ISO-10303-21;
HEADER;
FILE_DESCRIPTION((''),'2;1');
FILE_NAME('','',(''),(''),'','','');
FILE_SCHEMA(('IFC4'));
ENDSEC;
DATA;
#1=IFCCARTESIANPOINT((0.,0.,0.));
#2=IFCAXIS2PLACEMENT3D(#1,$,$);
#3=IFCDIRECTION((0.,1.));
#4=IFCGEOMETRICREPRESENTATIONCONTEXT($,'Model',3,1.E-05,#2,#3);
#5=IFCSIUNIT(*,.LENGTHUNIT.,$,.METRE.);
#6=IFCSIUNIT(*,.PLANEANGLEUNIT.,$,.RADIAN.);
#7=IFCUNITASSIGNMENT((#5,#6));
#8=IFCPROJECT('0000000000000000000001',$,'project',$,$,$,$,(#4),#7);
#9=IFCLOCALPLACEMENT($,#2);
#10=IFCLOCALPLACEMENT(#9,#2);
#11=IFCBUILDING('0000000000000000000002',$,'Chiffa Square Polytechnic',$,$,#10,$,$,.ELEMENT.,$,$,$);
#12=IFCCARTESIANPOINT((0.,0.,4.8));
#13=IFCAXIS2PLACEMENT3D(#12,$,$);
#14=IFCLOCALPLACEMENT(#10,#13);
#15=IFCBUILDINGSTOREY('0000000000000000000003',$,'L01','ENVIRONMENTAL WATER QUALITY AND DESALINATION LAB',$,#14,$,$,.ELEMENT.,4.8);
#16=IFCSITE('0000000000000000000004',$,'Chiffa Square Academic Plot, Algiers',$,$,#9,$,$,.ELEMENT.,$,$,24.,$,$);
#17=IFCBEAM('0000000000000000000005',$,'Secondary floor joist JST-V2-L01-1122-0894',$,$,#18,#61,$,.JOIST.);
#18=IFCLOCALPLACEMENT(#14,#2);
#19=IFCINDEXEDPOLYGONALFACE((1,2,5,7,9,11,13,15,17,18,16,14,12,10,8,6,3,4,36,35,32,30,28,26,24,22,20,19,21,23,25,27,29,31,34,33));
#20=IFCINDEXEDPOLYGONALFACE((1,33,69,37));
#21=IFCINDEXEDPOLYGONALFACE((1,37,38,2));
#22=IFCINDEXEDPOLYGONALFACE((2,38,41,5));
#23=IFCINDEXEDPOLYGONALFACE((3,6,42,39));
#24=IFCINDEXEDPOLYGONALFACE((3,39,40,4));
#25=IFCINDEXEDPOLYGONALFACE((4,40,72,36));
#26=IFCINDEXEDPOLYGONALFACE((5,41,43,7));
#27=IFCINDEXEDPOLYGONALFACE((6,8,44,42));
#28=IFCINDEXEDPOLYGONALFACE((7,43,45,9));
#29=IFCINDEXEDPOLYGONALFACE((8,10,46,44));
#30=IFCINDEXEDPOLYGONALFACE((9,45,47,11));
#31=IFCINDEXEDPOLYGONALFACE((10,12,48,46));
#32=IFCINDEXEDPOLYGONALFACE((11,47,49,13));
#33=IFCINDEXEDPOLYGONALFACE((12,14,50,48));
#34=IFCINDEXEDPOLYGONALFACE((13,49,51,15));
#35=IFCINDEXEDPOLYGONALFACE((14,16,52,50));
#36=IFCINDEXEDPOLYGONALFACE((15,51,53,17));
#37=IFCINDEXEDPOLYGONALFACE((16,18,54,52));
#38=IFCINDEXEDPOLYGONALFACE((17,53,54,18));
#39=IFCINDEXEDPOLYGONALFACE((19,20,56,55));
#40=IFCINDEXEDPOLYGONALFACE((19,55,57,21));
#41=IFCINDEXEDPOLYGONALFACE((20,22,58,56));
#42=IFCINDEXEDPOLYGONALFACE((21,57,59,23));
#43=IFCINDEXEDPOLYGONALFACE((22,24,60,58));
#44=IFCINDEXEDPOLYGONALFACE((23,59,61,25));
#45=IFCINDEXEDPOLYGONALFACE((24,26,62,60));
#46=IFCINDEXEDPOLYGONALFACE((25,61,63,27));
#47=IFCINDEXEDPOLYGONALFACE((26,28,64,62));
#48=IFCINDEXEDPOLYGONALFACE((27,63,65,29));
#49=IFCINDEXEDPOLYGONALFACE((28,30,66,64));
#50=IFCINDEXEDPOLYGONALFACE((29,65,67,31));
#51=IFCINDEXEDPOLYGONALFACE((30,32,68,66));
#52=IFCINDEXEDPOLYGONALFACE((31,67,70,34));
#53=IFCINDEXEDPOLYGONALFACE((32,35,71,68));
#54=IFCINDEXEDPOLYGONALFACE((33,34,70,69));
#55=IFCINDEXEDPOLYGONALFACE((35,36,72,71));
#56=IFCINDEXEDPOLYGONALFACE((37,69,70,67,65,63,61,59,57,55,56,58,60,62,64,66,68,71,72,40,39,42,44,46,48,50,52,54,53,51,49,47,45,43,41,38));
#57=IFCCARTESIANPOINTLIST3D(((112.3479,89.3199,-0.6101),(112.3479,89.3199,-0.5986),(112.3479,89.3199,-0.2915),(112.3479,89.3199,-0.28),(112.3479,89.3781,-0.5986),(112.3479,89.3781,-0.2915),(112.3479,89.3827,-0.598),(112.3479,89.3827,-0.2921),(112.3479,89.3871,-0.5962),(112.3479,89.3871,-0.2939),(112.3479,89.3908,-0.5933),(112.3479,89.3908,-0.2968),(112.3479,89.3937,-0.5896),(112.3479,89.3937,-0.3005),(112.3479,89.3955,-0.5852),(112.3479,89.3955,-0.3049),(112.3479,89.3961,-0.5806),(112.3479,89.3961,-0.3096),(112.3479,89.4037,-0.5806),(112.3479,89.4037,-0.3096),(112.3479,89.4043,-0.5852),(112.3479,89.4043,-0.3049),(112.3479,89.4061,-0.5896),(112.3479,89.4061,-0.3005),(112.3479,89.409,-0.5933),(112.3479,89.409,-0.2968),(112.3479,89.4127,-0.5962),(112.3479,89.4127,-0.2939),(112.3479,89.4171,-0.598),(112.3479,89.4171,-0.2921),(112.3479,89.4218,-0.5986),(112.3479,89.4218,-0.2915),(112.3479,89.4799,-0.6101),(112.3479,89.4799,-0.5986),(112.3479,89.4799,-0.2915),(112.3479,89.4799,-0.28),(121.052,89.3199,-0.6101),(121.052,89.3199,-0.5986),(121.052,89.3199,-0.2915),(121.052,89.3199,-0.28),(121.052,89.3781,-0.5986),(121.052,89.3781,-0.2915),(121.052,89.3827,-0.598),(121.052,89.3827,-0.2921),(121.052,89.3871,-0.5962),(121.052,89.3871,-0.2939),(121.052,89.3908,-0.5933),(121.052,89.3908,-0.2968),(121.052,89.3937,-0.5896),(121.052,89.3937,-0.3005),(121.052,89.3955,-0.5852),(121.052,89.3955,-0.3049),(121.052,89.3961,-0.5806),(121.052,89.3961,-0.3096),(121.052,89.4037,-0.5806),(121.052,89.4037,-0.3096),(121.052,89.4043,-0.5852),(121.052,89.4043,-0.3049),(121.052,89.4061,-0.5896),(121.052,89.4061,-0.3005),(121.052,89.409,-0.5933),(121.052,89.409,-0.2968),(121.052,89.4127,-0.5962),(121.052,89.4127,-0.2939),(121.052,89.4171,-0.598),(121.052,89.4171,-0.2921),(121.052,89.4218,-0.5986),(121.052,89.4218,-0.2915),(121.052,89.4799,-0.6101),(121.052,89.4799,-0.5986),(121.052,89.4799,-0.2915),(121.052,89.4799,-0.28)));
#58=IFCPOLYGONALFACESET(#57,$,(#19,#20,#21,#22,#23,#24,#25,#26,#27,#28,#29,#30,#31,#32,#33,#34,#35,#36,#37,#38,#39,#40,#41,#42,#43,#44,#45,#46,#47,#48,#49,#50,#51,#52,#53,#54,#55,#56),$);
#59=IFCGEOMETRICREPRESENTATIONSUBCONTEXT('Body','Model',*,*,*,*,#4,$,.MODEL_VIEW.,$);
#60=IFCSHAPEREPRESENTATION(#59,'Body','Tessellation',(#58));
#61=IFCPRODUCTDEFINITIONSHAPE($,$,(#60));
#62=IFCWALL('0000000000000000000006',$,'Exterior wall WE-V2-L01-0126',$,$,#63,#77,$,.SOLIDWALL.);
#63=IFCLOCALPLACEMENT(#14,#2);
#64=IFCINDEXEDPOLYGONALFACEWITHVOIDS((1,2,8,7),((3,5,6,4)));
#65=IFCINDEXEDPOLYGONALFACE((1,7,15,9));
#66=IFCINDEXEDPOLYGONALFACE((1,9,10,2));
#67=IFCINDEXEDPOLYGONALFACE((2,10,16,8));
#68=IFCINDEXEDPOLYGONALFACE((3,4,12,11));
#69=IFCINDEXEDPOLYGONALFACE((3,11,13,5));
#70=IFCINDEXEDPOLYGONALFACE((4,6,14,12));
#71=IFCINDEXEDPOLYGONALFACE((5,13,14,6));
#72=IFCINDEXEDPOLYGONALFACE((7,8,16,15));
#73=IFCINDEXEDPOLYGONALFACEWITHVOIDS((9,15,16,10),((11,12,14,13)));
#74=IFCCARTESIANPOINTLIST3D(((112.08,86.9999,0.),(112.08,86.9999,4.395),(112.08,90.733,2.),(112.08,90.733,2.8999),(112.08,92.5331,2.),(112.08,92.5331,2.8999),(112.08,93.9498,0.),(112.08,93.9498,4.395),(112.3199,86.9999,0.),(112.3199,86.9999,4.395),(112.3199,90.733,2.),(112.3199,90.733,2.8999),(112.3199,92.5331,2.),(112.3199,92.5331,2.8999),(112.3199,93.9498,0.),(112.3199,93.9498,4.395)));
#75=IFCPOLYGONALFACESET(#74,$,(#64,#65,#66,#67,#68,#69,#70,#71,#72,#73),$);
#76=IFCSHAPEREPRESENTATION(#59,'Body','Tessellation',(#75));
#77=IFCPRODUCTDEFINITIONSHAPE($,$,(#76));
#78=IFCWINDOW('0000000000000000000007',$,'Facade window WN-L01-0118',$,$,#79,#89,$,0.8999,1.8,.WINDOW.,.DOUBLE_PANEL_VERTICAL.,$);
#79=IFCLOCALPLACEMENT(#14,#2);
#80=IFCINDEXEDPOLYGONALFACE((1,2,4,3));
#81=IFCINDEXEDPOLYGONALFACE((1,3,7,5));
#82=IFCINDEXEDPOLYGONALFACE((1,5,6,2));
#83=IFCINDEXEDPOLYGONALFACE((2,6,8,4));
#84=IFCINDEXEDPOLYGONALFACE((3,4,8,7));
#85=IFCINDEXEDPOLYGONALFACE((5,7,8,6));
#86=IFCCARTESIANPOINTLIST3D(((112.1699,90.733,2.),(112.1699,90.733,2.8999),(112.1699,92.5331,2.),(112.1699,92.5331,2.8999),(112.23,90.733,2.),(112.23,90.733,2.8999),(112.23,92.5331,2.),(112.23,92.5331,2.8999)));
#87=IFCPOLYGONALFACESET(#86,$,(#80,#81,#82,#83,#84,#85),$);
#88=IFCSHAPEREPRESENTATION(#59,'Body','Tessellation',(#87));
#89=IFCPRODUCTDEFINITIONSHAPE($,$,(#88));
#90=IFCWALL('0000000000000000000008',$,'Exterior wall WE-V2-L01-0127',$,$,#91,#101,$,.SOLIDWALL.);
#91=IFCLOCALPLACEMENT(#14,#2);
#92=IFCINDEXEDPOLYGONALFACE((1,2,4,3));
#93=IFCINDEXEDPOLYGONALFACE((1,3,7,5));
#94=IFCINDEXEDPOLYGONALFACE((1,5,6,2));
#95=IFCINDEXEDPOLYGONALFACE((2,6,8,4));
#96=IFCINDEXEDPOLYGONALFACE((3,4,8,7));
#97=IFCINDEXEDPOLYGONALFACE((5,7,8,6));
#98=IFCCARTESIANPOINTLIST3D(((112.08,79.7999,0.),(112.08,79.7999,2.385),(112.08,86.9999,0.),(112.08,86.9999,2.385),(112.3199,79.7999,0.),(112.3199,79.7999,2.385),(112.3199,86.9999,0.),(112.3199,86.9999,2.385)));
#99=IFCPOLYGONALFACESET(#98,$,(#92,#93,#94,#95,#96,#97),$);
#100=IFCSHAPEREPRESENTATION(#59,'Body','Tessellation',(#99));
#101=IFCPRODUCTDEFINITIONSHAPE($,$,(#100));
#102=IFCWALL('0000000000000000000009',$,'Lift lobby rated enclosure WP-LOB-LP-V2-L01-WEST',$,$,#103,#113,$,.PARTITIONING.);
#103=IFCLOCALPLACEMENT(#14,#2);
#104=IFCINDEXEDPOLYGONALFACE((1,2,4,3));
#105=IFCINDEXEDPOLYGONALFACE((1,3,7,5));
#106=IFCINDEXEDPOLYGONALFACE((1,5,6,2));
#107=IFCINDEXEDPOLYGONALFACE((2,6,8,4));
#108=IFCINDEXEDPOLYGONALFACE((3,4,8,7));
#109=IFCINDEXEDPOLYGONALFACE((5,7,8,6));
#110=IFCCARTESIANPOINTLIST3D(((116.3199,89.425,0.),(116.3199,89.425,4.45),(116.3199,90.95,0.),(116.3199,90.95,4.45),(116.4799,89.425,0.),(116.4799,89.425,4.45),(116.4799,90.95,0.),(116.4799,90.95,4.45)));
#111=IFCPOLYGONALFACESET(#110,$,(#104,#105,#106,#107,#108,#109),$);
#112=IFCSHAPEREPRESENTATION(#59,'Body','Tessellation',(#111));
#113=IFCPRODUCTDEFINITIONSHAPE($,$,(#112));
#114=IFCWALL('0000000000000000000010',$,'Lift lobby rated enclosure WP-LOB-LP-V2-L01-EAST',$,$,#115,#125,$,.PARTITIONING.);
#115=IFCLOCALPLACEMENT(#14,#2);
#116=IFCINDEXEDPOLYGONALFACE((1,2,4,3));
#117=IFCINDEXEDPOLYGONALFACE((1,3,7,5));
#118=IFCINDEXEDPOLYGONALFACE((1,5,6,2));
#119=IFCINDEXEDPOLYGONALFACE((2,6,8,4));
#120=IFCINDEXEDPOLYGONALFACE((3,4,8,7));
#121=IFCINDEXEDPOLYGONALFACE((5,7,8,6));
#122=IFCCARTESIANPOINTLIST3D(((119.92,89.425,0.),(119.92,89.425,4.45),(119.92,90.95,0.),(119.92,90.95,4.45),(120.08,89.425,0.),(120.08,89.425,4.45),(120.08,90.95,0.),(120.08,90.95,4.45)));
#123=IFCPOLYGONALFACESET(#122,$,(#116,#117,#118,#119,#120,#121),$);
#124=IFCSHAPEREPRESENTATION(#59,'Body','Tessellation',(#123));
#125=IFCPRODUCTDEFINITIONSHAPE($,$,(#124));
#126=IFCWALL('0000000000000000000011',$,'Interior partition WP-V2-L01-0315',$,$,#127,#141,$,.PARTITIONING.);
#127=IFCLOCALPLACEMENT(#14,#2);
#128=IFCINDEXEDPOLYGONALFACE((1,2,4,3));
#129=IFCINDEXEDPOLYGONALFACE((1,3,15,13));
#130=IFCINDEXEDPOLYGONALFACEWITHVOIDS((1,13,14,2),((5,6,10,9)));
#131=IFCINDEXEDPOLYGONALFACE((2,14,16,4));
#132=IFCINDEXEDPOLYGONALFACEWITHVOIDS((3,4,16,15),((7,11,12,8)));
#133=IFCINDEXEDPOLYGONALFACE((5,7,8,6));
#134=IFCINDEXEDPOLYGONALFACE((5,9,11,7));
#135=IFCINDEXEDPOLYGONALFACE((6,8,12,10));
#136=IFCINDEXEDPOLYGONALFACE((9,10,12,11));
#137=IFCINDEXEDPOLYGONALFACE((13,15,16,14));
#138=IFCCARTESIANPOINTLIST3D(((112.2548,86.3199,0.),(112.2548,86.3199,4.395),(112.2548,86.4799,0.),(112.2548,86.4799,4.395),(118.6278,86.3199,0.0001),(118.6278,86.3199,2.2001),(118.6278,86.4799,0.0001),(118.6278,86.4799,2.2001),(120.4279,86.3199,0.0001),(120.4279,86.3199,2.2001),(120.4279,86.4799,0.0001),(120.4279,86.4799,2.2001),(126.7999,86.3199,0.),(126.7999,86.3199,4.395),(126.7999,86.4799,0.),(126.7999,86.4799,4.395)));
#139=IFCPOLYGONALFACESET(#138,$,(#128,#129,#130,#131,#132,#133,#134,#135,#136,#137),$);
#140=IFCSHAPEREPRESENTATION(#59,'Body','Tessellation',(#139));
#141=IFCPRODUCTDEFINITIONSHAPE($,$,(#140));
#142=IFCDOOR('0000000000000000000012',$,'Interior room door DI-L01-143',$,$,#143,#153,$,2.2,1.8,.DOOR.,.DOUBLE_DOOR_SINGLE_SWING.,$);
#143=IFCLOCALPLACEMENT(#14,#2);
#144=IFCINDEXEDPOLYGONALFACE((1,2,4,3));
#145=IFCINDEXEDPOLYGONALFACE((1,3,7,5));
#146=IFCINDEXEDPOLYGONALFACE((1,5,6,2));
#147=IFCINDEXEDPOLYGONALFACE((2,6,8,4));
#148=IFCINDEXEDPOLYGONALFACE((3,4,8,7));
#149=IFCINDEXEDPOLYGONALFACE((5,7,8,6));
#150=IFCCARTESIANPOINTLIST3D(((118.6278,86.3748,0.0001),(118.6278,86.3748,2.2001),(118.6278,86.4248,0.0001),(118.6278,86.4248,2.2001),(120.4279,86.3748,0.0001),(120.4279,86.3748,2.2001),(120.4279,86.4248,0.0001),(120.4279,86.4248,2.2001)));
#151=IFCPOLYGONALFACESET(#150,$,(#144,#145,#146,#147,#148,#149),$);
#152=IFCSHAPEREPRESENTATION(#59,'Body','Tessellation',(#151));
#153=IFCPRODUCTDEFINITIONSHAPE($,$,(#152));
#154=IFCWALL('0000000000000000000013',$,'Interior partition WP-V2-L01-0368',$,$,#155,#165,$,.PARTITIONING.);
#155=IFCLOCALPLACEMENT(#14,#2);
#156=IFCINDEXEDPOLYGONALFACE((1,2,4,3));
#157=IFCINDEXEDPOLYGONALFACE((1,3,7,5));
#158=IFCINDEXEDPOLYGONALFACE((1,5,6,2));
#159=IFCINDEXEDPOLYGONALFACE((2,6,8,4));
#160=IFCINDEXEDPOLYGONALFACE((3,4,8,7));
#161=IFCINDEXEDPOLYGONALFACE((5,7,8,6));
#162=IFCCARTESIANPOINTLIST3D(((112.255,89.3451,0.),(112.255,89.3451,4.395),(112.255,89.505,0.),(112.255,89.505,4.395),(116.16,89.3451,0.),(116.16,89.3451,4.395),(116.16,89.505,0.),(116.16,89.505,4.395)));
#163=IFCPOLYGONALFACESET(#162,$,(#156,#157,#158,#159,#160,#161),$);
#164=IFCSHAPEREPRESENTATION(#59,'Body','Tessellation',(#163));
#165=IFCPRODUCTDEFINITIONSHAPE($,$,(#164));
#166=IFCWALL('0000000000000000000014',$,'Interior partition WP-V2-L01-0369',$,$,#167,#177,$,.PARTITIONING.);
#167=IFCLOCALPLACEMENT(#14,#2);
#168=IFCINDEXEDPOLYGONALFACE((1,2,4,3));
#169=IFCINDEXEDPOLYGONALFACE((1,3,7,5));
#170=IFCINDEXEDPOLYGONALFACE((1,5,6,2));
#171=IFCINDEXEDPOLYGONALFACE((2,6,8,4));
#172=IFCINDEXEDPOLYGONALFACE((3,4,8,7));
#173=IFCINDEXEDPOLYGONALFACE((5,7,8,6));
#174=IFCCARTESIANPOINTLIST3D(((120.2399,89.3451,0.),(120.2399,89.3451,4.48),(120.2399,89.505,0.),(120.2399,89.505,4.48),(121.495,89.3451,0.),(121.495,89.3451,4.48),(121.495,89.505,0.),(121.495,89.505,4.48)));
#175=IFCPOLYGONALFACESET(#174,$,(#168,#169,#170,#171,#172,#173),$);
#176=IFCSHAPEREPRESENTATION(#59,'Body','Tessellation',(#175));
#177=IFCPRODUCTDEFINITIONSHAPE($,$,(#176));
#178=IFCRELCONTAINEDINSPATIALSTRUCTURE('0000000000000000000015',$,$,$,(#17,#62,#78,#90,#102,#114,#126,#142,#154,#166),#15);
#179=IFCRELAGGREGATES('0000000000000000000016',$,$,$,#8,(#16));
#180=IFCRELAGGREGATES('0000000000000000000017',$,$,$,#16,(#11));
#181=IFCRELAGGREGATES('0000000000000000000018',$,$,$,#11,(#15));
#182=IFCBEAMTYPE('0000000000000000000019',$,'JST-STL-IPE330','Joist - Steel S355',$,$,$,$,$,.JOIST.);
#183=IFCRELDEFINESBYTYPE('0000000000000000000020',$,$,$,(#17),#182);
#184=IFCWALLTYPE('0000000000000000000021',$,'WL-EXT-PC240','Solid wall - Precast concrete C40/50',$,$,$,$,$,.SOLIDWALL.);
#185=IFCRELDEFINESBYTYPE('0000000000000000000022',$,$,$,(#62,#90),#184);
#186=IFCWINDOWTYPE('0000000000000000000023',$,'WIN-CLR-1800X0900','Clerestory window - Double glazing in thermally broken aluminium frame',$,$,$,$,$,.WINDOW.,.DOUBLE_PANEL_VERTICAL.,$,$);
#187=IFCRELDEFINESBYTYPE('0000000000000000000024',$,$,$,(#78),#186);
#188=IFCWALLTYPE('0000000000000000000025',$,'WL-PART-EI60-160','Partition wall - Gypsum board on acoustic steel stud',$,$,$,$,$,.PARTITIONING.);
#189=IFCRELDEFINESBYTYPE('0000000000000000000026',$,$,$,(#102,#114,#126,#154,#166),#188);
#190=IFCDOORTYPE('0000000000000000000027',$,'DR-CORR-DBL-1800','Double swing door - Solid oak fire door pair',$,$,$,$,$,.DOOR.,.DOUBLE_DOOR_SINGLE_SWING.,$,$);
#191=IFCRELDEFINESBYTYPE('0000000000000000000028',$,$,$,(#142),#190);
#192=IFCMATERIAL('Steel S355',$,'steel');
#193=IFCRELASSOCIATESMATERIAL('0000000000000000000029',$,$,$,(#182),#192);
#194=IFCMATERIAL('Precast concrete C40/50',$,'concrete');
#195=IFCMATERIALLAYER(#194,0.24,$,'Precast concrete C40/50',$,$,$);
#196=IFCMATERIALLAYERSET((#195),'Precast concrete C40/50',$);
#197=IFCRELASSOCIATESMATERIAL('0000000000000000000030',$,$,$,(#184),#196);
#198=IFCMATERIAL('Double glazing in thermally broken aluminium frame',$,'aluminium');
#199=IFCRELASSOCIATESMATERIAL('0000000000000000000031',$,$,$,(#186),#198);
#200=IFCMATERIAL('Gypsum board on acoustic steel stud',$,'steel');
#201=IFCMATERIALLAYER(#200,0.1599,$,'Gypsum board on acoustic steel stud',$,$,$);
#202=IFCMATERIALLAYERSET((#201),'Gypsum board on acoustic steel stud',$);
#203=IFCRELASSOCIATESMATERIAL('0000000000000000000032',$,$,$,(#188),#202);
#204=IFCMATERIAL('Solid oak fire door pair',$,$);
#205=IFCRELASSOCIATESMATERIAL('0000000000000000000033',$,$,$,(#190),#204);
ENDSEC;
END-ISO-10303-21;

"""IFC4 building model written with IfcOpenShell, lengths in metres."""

from ifc_helpers import new_model, si_unit, direction, frame, frame_2d, origin, origin_2d, place, context, subcontext, project, spatial, rectangle, i_section, extrude, material, layer, layer_set, material_profile, profile_set, type_object, element, fill, save


model = new_model("IFC4")

# Units and contexts
model_context = context("Model", 3, precision=1e-05, world=origin(), true_north=direction((0.0, 1.0)))
body_context = subcontext(model_context, "Body", "Model", "MODEL_VIEW")
ifc_project = project(units=[si_unit("LENGTHUNIT", "METRE"), si_unit("PLANEANGLEUNIT", "RADIAN")], contexts=[model_context])

# Site, building, storey
site_placement = place(None, origin())
site = spatial("IfcSite", under=ifc_project, at=site_placement, Name="Chiffa Square Academic Plot, Algiers", CompositionType="ELEMENT", RefElevation=24.0)
building_placement = place(site_placement, origin())
building = spatial("IfcBuilding", under=site, at=building_placement, Name="Chiffa Square Polytechnic", CompositionType="ELEMENT")
storey_placement = place(building_placement, frame((0.0, 0.0, 4.8)))
storey = spatial("IfcBuildingStorey", under=building, at=storey_placement, Name="L01", Description="ENVIRONMENTAL WATER QUALITY AND DESALINATION LAB", CompositionType="ELEMENT", Elevation=4.8)

# Shared definitions
ifc_material_1 = material(Name="Steel S355", Category="steel")

# Beam
ifc_material_profile_1 = material_profile(ifc_material_1, i_section(OverallWidth=0.1599, OverallDepth=0.3301, WebThickness=0.0076, FlangeThickness=0.0115, FilletRadius=0.0181, at=origin_2d()), Name="IPE 330")
ifc_profile_set_1 = profile_set([ifc_material_profile_1], Name="Steel S355")
beam_type_1 = type_object("IfcBeamType", Name="JST-STL-IPE330", Description="Joist - Steel S355", PredefinedType="JOIST", material=ifc_profile_set_1)
beam_1_placement = place(storey_placement, frame((112.3479, 89.3999, -0.4451), z_axis=(1.0, 0.0, 0.0), x_axis=(0.0, 1.0, 0.0)))
element("IfcBeam", 1, at=beam_1_placement, inside=storey, type_object=beam_type_1, Name="Secondary floor joist JST-V2-L01-1122-0894", PredefinedType="JOIST", context=body_context, shape_type="SweptSolid", body=[
    extrude(i_section(OverallWidth=0.1599, OverallDepth=0.3301, WebThickness=0.0076, FlangeThickness=0.0115, FilletRadius=0.0181, at=origin_2d()), origin(), (0.0, 0.0, 1.0), 8.7041),
])

# Wall, opening, window
ifc_material_2 = material(Name="Precast concrete C40/50", Category="concrete")
ifc_layer_1 = layer(ifc_material_2, 0.24, Name="Precast concrete C40/50")
ifc_layer_set_1 = layer_set([ifc_layer_1], Name="Precast concrete C40/50")
wall_type_1 = type_object("IfcWallType", Name="WL-EXT-PC240", Description="Solid wall - Precast concrete C40/50", PredefinedType="SOLIDWALL", material=ifc_layer_set_1)
wall_1_placement = place(storey_placement, frame((112.2, 93.95, 0.0), z_axis=(0.0, 0.0, 1.0), x_axis=(0.0, -1.0, 0.0)))
wall_1 = element("IfcWall", 2, at=wall_1_placement, inside=storey, type_object=wall_type_1, Name="Exterior wall WE-V2-L01-0126", PredefinedType="SOLIDWALL", context=body_context, shape_type="SweptSolid", body=[
    extrude(rectangle(XDim=6.95, YDim=0.24, at=frame_2d((3.4751, 0.0))), origin(), (0.0, 0.0, 1.0), 4.395),
])
opening_1_placement = place(wall_1_placement, frame((1.417, 0.0, 2.0)))
opening_1 = element("IfcOpeningElement", 3, at=opening_1_placement, cuts=wall_1, PredefinedType="OPENING", context=body_context, shape_type="SweptSolid", body=[
    extrude(rectangle(XDim=1.8, YDim=0.8999, at=frame_2d((0.8999, 0.45))), frame((0.0, 0.1299, 0.0), z_axis=(0.0, -1.0, 0.0), x_axis=(1.0, 0.0, 0.0)), (0.0, 0.0, 1.0), 0.26),
])
ifc_material_3 = material(Name="Double glazing in thermally broken aluminium frame", Category="aluminium")
window_type = type_object("IfcWindowType", Name="WIN-CLR-1800X0900", Description="Clerestory window - Double glazing in thermally broken aluminium frame", PartitioningType="DOUBLE_PANEL_VERTICAL", PredefinedType="WINDOW", material=ifc_material_3)
window_placement = place(opening_1_placement, origin())
window = element("IfcWindow", 4, at=window_placement, inside=storey, type_object=window_type, Name="Facade window WN-L01-0118", OverallHeight=0.8999, OverallWidth=1.8, PartitioningType="DOUBLE_PANEL_VERTICAL", PredefinedType="WINDOW", context=body_context, shape_type="SweptSolid", body=[
    extrude(rectangle(XDim=1.8, YDim=0.8999, at=frame_2d((0.8999, 0.45))), frame((0.0, 0.03, 0.0), z_axis=(0.0, -1.0, 0.0), x_axis=(1.0, 0.0, 0.0)), (0.0, 0.0, 1.0), 0.0601),
])
fill(opening_1, window)

# Wall
wall_2_placement = place(storey_placement, frame((112.2, 87.0, 0.0), z_axis=(0.0, 0.0, 1.0), x_axis=(0.0, -1.0, 0.0)))
element("IfcWall", 5, at=wall_2_placement, inside=storey, type_object=wall_type_1, Name="Exterior wall WE-V2-L01-0127", PredefinedType="SOLIDWALL", context=body_context, shape_type="SweptSolid", body=[
    extrude(rectangle(XDim=7.2, YDim=0.24, at=frame_2d((3.6001, 0.0))), origin(), (0.0, 0.0, 1.0), 2.385),
])

# Shared definitions
ifc_material_4 = material(Name="Gypsum board on acoustic steel stud", Category="steel")
ifc_layer_2 = layer(ifc_material_4, 0.1599, Name="Gypsum board on acoustic steel stud")
ifc_layer_set_2 = layer_set([ifc_layer_2], Name="Gypsum board on acoustic steel stud")
wall_type_2 = type_object("IfcWallType", Name="WL-PART-EI60-160", Description="Partition wall - Gypsum board on acoustic steel stud", PredefinedType="PARTITIONING", material=ifc_layer_set_2)

# Walls
for number, where, z_axis, x_axis, name in (
    (6, (116.3999, 89.425, 0.0), (0.0, 0.0, 1.0), (0.0, 1.0, 0.0), "Lift lobby rated enclosure WP-LOB-LP-V2-L01-WEST"),
    (7, (120.0, 89.425, 0.0), (0.0, 0.0, 1.0), (0.0, 1.0, 0.0), "Lift lobby rated enclosure WP-LOB-LP-V2-L01-EAST"),
):
    element("IfcWall", number, at=place(storey_placement, frame(where, z_axis=z_axis, x_axis=x_axis)), inside=storey, type_object=wall_type_2, Name=name, PredefinedType="PARTITIONING", context=body_context, shape_type="SweptSolid", body=[
        extrude(rectangle(XDim=1.5249, YDim=0.1599, at=frame_2d((0.7625, 0.0))), origin(), (0.0, 0.0, 1.0), 4.45),
    ])

# Wall, opening, door
wall_3_placement = place(storey_placement, frame((112.2549, 86.3999, 0.0), z_axis=(0.0, 0.0, 1.0), x_axis=(1.0, 0.0, 0.0)))
wall_3 = element("IfcWall", 8, at=wall_3_placement, inside=storey, type_object=wall_type_2, Name="Interior partition WP-V2-L01-0315", PredefinedType="PARTITIONING", context=body_context, shape_type="SweptSolid", body=[
    extrude(rectangle(XDim=14.5452, YDim=0.1599, at=frame_2d((7.2725, 0.0))), origin(), (0.0, 0.0, 1.0), 4.395),
])
opening_2_placement = place(wall_3_placement, frame((6.373, 0.0, 0.0)))
opening_2 = element("IfcOpeningElement", 9, at=opening_2_placement, cuts=wall_3, PredefinedType="OPENING", context=body_context, shape_type="SweptSolid", body=[
    extrude(rectangle(XDim=1.8, YDim=2.2, at=frame_2d((0.8999, 1.1001))), frame((0.0, 0.0898, 0.0), z_axis=(0.0, -1.0, 0.0), x_axis=(1.0, 0.0, 0.0)), (0.0, 0.0, 1.0), 0.1799),
])
ifc_material_5 = material(Name="Solid oak fire door pair")
door_type_1 = type_object("IfcDoorType", Name="DR-CORR-DBL-1800", Description="Double swing door - Solid oak fire door pair", OperationType="DOUBLE_DOOR_SINGLE_SWING", PredefinedType="DOOR", material=ifc_material_5)
door_1_placement = place(opening_2_placement, origin())
door_1 = element("IfcDoor", 10, at=door_1_placement, inside=storey, type_object=door_type_1, Name="Interior room door DI-L01-143", OperationType="DOUBLE_DOOR_SINGLE_SWING", OverallHeight=2.2, OverallWidth=1.8, PredefinedType="DOOR", context=body_context, shape_type="SweptSolid", body=[
    extrude(rectangle(XDim=1.8, YDim=2.2, at=frame_2d((0.8999, 1.1001))), frame((0.0, 0.0249, 0.0), z_axis=(0.0, -1.0, 0.0), x_axis=(1.0, 0.0, 0.0)), (0.0, 0.0, 1.0), 0.05),
])
fill(opening_2, door_1)

# Walls
wall_4_placement = place(storey_placement, frame((112.2549, 89.425, 0.0), z_axis=(0.0, 0.0, 1.0), x_axis=(1.0, 0.0, 0.0)))
element("IfcWall", 11, at=wall_4_placement, inside=storey, type_object=wall_type_2, Name="Interior partition WP-V2-L01-0368", PredefinedType="PARTITIONING", context=body_context, shape_type="SweptSolid", body=[
    extrude(rectangle(XDim=3.905, YDim=0.1599, at=frame_2d((1.9526, 0.0))), origin(), (0.0, 0.0, 1.0), 4.395),
])
wall_5_placement = place(storey_placement, frame((120.24, 89.425, 0.0), z_axis=(0.0, 0.0, 1.0), x_axis=(1.0, 0.0, 0.0)))
element("IfcWall", 12, at=wall_5_placement, inside=storey, type_object=wall_type_2, Name="Interior partition WP-V2-L01-0369", PredefinedType="PARTITIONING", context=body_context, shape_type="SweptSolid", body=[
    extrude(rectangle(XDim=1.2551, YDim=0.1599, at=frame_2d((0.6274, 0.0))), origin(), (0.0, 0.0, 1.0), 4.48),
])

save(model, "model.ifc")
